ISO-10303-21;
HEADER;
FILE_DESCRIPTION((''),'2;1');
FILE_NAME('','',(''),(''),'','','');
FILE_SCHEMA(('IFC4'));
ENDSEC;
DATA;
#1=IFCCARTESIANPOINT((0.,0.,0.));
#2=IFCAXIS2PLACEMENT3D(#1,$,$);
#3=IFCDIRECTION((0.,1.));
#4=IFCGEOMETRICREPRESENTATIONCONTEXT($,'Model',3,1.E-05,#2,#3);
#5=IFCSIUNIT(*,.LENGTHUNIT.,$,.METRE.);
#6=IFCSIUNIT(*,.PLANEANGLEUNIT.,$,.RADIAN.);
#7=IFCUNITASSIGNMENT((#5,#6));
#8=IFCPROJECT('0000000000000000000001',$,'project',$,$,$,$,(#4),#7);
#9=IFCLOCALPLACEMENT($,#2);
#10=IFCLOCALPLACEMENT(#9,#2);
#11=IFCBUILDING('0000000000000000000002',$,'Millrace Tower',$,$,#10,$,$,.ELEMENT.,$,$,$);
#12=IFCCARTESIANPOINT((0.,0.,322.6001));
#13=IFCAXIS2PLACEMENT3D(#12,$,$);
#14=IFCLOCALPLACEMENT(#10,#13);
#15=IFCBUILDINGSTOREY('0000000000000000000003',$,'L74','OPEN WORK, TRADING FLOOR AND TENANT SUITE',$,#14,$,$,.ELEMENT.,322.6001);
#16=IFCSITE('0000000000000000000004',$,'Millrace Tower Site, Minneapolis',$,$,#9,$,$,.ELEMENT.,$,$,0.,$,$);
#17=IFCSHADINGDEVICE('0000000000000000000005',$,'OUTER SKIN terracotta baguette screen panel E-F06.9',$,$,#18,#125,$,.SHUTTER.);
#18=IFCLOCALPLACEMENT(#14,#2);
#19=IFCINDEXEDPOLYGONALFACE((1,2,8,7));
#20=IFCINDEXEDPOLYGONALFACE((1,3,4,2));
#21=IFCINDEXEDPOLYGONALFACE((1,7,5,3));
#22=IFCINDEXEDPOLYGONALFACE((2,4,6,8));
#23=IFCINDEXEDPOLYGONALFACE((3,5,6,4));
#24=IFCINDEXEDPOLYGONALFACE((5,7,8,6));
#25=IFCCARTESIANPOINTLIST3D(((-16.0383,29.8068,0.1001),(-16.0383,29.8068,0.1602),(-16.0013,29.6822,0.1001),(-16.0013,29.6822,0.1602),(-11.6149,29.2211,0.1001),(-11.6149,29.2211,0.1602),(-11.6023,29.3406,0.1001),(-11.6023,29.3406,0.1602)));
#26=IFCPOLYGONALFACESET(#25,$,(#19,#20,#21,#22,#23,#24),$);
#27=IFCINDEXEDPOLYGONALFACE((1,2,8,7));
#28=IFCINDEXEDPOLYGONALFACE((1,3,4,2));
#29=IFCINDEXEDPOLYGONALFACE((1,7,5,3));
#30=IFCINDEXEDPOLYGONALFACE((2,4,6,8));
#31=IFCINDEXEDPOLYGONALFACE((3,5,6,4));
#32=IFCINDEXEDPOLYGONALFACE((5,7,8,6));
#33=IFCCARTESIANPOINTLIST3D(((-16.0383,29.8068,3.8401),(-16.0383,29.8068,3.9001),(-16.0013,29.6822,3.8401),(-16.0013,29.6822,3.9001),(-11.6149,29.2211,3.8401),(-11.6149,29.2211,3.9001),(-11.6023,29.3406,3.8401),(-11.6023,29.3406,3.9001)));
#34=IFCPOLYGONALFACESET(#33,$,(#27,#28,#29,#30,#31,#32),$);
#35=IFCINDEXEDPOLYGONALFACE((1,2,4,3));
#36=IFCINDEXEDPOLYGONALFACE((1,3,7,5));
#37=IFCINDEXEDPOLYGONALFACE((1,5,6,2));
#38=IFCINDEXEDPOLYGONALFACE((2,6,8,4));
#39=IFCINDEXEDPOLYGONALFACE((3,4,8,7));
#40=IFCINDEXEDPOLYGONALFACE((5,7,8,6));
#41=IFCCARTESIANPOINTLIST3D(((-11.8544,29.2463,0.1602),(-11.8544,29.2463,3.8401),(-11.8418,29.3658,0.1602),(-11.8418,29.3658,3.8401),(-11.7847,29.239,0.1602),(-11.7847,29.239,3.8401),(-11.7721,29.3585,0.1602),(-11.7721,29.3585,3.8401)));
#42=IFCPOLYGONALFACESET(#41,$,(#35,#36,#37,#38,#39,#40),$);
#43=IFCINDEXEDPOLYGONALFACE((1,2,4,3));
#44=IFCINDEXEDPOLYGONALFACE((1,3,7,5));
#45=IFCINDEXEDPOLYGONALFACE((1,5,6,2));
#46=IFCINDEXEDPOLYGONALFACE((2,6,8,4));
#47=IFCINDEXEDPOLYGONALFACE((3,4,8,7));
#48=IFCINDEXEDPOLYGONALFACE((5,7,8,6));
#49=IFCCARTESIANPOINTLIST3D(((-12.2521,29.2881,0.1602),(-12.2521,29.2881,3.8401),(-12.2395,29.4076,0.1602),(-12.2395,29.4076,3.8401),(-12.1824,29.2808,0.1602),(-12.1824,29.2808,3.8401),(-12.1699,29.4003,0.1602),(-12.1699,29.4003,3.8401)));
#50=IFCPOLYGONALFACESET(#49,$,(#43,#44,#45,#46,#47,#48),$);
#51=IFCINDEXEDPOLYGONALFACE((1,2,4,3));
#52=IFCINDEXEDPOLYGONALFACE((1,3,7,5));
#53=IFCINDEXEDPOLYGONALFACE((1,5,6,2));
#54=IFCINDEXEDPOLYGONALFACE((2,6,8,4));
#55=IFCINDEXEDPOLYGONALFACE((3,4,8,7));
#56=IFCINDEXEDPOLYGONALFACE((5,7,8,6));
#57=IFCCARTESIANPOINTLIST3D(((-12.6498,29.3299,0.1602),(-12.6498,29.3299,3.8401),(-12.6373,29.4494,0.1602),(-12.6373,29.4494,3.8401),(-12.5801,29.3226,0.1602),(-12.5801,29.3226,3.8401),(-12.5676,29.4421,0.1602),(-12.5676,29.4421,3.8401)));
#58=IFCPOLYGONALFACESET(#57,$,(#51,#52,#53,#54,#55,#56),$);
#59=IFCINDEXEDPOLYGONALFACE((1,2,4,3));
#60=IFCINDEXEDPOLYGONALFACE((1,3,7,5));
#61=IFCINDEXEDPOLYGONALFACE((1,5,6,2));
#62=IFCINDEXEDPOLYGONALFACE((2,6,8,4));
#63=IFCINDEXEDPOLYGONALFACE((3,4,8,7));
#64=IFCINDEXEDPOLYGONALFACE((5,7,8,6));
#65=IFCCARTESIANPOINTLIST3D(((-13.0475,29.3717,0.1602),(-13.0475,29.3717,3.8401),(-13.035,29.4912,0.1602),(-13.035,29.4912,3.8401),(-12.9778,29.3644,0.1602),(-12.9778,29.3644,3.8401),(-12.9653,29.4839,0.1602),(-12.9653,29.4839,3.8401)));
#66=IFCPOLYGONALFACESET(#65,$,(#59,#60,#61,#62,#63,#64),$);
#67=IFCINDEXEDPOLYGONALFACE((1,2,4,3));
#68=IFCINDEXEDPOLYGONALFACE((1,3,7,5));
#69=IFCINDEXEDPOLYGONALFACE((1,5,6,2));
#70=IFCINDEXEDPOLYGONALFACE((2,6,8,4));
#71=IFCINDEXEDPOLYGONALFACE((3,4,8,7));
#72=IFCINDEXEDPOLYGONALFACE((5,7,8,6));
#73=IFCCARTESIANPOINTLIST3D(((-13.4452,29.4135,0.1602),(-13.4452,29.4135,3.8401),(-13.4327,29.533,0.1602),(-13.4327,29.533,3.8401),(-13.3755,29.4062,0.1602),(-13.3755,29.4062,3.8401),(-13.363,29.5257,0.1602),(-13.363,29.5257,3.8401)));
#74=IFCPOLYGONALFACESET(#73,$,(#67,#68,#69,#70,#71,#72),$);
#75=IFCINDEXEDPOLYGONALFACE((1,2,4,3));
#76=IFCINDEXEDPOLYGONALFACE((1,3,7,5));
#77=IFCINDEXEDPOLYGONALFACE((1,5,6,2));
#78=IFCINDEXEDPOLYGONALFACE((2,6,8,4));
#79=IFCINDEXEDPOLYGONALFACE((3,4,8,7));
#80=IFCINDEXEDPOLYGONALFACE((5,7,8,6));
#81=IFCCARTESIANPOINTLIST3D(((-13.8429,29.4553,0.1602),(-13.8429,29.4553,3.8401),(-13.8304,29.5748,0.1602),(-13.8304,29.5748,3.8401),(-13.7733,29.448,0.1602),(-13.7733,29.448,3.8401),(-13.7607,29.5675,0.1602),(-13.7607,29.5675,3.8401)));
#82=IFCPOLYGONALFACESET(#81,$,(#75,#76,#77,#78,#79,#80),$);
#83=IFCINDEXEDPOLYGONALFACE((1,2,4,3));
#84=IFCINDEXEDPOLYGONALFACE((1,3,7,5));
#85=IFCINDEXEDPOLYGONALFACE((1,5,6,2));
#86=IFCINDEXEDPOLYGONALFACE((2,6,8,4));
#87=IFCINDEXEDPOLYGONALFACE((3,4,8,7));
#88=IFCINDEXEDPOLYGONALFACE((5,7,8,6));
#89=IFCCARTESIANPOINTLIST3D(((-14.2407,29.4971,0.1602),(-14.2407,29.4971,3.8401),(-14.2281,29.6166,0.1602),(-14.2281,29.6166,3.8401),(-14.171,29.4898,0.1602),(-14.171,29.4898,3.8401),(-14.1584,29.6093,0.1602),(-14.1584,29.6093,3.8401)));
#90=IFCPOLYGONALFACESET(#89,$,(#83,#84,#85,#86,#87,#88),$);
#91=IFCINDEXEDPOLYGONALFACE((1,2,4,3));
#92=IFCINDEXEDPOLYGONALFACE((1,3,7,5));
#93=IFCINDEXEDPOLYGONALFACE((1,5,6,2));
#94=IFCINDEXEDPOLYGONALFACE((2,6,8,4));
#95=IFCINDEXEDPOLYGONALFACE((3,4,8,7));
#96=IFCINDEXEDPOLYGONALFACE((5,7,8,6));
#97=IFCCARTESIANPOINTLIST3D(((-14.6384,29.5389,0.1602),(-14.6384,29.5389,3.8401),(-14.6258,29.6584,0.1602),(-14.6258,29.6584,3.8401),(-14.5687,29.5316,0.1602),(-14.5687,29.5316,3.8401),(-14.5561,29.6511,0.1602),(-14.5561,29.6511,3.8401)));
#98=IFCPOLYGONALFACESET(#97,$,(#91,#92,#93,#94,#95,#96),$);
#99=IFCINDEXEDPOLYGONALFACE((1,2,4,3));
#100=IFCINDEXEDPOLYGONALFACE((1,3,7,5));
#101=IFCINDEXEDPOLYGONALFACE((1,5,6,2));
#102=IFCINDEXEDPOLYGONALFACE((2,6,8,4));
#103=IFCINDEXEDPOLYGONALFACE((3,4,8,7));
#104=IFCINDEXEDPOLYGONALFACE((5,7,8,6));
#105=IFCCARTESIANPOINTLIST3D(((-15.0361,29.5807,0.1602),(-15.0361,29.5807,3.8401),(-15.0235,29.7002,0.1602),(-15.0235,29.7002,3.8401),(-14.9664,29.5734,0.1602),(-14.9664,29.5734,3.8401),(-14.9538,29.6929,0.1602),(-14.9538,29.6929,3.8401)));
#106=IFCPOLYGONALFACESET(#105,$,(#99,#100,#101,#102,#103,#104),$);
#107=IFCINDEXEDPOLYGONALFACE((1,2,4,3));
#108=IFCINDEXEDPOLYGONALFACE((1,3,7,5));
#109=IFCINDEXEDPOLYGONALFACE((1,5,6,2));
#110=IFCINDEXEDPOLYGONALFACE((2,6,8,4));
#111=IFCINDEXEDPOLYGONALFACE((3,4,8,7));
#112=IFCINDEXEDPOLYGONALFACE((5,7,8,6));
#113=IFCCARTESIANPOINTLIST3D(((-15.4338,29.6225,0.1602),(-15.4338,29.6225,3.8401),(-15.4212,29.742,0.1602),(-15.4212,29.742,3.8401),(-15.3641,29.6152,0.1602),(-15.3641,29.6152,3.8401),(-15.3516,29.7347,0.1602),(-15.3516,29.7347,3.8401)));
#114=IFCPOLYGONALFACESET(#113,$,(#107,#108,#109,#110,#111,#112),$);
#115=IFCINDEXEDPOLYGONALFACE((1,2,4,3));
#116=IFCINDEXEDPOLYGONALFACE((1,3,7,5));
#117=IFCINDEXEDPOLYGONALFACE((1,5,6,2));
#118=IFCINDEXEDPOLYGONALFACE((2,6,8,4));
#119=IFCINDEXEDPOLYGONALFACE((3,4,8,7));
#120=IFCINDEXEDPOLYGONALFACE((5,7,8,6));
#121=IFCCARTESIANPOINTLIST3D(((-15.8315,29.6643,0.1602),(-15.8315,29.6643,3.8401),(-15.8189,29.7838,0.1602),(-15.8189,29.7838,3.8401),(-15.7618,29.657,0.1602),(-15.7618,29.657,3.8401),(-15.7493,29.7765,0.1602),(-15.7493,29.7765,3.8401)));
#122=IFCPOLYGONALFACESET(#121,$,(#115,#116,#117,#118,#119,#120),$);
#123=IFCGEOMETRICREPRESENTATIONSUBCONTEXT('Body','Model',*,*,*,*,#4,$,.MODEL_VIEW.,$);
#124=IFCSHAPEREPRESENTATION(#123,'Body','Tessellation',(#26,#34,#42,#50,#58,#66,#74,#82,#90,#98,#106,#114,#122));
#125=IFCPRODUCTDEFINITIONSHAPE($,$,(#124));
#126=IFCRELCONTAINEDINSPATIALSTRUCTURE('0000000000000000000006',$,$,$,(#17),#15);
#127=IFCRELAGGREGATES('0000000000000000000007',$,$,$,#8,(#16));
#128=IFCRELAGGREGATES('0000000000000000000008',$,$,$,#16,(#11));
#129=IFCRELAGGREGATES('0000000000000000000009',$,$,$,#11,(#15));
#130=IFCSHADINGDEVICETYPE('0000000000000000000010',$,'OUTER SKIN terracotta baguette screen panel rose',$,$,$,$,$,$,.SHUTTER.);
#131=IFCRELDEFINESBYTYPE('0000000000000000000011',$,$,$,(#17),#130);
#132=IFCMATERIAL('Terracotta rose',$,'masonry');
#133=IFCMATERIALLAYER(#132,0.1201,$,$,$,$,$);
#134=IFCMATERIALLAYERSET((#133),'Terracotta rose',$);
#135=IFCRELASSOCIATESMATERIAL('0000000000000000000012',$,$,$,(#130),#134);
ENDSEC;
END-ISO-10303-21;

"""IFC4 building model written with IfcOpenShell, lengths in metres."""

from ifc_helpers import new_model, entity, si_unit, direction, frame, frame_2d, origin, place, context, subcontext, project, spatial, rectangle, extrude, source, transform, mapped, material, layer, layer_set, type_object, element, save


model = new_model("IFC4")

# Units and contexts
model_context = context("Model", 3, precision=1e-05, world=origin(), true_north=direction((0.0, 1.0)))
body_context = subcontext(model_context, "Body", "Model", "MODEL_VIEW")
ifc_project = project(units=[si_unit("LENGTHUNIT", "METRE"), si_unit("PLANEANGLEUNIT", "RADIAN")], contexts=[model_context])

# Site, building, storey
site_placement = place(None, origin())
site = spatial("IfcSite", under=ifc_project, at=site_placement, Name="Millrace Tower Site, Minneapolis", CompositionType="ELEMENT", RefElevation=0.0)
building_placement = place(site_placement, origin())
building = spatial("IfcBuilding", under=site, at=building_placement, Name="Millrace Tower", CompositionType="ELEMENT")
storey_placement = place(building_placement, frame((0.0, 0.0, 322.6001)))
storey = spatial("IfcBuildingStorey", under=building, at=storey_placement, Name="L74", Description="OPEN WORK, TRADING FLOOR AND TENANT SUITE", CompositionType="ELEMENT", Elevation=322.6001)

# Shading device
ifc_material_1 = material(Name="Terracotta rose", Category="masonry")
ifc_layer_1 = layer(ifc_material_1, 0.1201)
ifc_layer_set_1 = layer_set([ifc_layer_1], Name="Terracotta rose")
shading_device_type = type_object("IfcShadingDeviceType", Name="OUTER SKIN terracotta baguette screen panel rose", PredefinedType="SHUTTER", material=ifc_layer_set_1)
cartesian_point_1 = entity("IfcCartesianPoint", [-2.2178, 0.0601])
shared_polyline_1 = entity("IfcPolyline", [cartesian_point_1, entity("IfcCartesianPoint", [2.1929, 0.0601]), entity("IfcCartesianPoint", [2.2427, -0.0601]), entity("IfcCartesianPoint", [-2.2178, -0.0601]), cartesian_point_1])
shared_shape_1 = source(origin(), body_context, "Body", "SweptSolid", [
    entity("IfcExtrudedAreaSolid", entity("IfcArbitraryClosedProfileDef", "AREA", None, shared_polyline_1), entity("IfcAxis2Placement3D", entity("IfcCartesianPoint", [0.0, 0.0, 0.0])), entity("IfcDirection", [0.0, 0.0, 1.0]), 0.0601),
    entity("IfcExtrudedAreaSolid", entity("IfcArbitraryClosedProfileDef", "AREA", None, shared_polyline_1), entity("IfcAxis2Placement3D", entity("IfcCartesianPoint", [0.0, 0.0, 3.74])), entity("IfcDirection", [0.0, 0.0, 1.0]), 0.0601),
    extrude(rectangle(XDim=0.0701, YDim=0.1201, at=frame_2d((-2.012, 0.0))), frame((0.0, 0.0, 0.0601)), (0.0, 0.0, 1.0), 3.6799),
    extrude(rectangle(XDim=0.0701, YDim=0.1201, at=frame_2d((-1.6121, 0.0))), frame((0.0, 0.0, 0.0601)), (0.0, 0.0, 1.0), 3.6799),
    extrude(rectangle(XDim=0.0701, YDim=0.1201, at=frame_2d((-1.2122, 0.0))), frame((0.0, 0.0, 0.0601)), (0.0, 0.0, 1.0), 3.6799),
    extrude(rectangle(XDim=0.0701, YDim=0.1201, at=frame_2d((-0.8123, 0.0))), frame((0.0, 0.0, 0.0601)), (0.0, 0.0, 1.0), 3.6799),
    extrude(rectangle(XDim=0.0701, YDim=0.1201, at=frame_2d((-0.4124, 0.0))), frame((0.0, 0.0, 0.0601)), (0.0, 0.0, 1.0), 3.6799),
    extrude(rectangle(XDim=0.0701, YDim=0.1201, at=frame_2d((-0.0125, 0.0))), frame((0.0, 0.0, 0.0601)), (0.0, 0.0, 1.0), 3.6799),
    extrude(rectangle(XDim=0.0701, YDim=0.1201, at=frame_2d((0.3875, 0.0))), frame((0.0, 0.0, 0.0601)), (0.0, 0.0, 1.0), 3.6799),
    extrude(rectangle(XDim=0.0701, YDim=0.1201, at=frame_2d((0.7874, 0.0))), frame((0.0, 0.0, 0.0601)), (0.0, 0.0, 1.0), 3.6799),
    extrude(rectangle(XDim=0.0701, YDim=0.1201, at=frame_2d((1.1873, 0.0))), frame((0.0, 0.0, 0.0601)), (0.0, 0.0, 1.0), 3.6799),
    extrude(rectangle(XDim=0.0701, YDim=0.1201, at=frame_2d((1.5872, 0.0))), frame((0.0, 0.0, 0.0601)), (0.0, 0.0, 1.0), 3.6799),
    extrude(rectangle(XDim=0.0701, YDim=0.1201, at=frame_2d((1.9871, 0.0))), frame((0.0, 0.0, 0.0601)), (0.0, 0.0, 1.0), 3.6799),
])
shading_device_placement = place(storey_placement, frame((-13.8142, 29.5127, 0.1001), z_axis=(0.0, 0.0, 1.0), x_axis=(-0.994522, 0.104528, 0.0)))
element("IfcShadingDevice", 1, at=shading_device_placement, inside=storey, type_object=shading_device_type, Name="OUTER SKIN terracotta baguette screen panel E-F06.9", PredefinedType="SHUTTER", context=body_context, shape_type="MappedRepresentation", body=[
    mapped(shared_shape_1, transform((0.0, 0.0, 0.0), scale=1.0)),
])

save(model, "model.ifc")
